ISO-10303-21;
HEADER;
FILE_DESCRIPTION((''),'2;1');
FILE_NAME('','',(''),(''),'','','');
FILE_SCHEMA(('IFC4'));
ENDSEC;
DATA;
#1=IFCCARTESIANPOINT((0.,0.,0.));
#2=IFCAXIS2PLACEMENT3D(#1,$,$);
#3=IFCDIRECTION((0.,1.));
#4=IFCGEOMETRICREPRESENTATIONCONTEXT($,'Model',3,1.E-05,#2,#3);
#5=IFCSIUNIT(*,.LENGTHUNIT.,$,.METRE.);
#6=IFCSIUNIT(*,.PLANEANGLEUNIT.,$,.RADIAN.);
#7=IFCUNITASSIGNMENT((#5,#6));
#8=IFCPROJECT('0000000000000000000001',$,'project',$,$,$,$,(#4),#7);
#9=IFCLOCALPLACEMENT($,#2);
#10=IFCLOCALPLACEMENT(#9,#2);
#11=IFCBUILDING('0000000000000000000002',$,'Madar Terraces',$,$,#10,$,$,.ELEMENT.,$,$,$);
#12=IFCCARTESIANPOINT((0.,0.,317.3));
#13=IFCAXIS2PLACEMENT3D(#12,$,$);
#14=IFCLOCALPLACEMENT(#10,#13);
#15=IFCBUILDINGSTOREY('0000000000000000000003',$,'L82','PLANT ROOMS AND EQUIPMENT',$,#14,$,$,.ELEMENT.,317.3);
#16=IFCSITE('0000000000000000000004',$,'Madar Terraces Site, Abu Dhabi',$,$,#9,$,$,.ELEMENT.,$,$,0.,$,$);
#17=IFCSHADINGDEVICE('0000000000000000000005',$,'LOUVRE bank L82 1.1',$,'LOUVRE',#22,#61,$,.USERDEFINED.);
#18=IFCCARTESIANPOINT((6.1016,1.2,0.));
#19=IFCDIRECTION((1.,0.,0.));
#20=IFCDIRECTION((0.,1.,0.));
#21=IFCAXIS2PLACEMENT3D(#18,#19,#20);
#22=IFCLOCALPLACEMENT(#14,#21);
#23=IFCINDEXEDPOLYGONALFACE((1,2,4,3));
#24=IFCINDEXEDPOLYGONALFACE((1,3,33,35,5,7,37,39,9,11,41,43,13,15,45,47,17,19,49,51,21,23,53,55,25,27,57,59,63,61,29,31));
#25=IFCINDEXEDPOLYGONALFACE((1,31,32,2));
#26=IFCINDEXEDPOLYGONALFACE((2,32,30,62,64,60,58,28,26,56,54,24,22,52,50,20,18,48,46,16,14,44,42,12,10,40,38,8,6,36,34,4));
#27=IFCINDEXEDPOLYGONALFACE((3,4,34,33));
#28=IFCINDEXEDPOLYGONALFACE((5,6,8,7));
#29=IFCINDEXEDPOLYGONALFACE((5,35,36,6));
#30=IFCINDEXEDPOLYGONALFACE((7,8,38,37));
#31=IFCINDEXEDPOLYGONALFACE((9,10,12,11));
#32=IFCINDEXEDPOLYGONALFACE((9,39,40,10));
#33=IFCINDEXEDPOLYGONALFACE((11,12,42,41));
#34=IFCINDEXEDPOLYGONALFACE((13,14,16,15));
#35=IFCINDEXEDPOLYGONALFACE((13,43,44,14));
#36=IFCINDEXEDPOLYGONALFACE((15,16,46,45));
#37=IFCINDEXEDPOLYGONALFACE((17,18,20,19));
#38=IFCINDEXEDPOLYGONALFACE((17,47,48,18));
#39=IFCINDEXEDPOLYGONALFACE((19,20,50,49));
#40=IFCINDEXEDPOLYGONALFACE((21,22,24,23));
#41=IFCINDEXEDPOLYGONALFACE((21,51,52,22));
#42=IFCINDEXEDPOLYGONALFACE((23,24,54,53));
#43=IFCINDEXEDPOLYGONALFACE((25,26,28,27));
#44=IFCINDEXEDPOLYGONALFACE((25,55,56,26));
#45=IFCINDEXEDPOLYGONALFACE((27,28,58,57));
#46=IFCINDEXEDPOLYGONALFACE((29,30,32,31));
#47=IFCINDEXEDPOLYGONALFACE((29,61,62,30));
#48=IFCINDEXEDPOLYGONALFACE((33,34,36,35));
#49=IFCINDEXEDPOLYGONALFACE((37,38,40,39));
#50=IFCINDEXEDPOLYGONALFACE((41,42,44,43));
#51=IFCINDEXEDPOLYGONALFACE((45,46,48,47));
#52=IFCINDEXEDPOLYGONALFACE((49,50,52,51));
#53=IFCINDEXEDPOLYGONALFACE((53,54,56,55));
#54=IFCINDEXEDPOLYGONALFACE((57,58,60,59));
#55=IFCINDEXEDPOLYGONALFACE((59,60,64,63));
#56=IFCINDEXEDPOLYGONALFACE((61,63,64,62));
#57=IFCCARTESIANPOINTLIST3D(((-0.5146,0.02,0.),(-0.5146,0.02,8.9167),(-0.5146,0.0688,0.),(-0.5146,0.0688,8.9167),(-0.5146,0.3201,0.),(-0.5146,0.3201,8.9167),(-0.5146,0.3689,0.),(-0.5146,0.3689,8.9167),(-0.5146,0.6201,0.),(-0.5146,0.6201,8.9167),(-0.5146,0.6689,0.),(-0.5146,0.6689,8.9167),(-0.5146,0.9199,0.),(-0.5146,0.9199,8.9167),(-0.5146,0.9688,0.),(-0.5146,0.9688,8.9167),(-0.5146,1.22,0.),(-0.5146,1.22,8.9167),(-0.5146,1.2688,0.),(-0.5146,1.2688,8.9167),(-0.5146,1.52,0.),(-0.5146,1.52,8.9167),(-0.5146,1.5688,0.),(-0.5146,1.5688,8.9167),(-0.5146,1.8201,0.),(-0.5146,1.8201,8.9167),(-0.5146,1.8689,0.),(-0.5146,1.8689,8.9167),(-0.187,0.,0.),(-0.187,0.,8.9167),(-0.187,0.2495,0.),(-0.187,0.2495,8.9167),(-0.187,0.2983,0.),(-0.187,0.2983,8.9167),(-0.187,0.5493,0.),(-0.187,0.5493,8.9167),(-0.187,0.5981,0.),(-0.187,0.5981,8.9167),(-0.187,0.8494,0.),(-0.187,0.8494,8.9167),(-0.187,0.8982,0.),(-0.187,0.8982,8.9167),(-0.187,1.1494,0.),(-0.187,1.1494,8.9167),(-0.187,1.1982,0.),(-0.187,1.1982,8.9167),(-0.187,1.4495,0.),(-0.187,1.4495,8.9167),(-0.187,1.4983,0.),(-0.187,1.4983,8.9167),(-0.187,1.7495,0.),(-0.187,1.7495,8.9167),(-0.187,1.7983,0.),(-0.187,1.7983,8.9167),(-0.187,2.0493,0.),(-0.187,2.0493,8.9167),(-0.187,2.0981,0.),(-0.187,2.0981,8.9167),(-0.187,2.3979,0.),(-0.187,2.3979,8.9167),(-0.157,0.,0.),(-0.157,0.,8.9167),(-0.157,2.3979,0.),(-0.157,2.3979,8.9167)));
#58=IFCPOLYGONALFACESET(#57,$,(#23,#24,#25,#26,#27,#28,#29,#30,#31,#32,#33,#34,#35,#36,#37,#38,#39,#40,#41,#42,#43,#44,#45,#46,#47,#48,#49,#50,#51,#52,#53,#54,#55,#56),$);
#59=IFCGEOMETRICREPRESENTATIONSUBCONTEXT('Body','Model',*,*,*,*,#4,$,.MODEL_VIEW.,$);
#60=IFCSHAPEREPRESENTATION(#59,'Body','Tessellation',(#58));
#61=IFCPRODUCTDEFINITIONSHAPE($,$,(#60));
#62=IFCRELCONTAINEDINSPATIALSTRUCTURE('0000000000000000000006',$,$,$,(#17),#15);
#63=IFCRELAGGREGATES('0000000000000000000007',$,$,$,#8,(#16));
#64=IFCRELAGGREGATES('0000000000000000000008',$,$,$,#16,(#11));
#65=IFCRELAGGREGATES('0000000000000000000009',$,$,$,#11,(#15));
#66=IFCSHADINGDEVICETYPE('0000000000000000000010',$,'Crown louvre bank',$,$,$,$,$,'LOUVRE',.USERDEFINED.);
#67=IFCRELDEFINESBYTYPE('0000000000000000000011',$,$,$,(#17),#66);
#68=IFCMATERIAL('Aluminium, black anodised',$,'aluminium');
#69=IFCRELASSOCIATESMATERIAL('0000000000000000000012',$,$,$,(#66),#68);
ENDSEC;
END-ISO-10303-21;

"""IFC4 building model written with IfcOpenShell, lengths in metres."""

from ifc_helpers import new_model, si_unit, direction, frame, origin, place, context, subcontext, project, spatial, polyline, outline, extrude, material, type_object, element, save


model = new_model("IFC4")

# Units and contexts
model_context = context("Model", 3, precision=1e-05, world=origin(), true_north=direction((0.0, 1.0)))
body_context = subcontext(model_context, "Body", "Model", "MODEL_VIEW")
ifc_project = project(units=[si_unit("LENGTHUNIT", "METRE"), si_unit("PLANEANGLEUNIT", "RADIAN")], contexts=[model_context])

# Site, building, storey
site_placement = place(None, origin())
site = spatial("IfcSite", under=ifc_project, at=site_placement, Name="Madar Terraces Site, Abu Dhabi", CompositionType="ELEMENT", RefElevation=0.0)
building_placement = place(site_placement, origin())
building = spatial("IfcBuilding", under=site, at=building_placement, Name="Madar Terraces", CompositionType="ELEMENT")
storey_placement = place(building_placement, frame((0.0, 0.0, 317.3)))
storey = spatial("IfcBuildingStorey", under=building, at=storey_placement, Name="L82", Description="PLANT ROOMS AND EQUIPMENT", CompositionType="ELEMENT", Elevation=317.3)

# Shading device
ifc_material_1 = material(Name="Aluminium, black anodised", Category="aluminium")
shading_device_type = type_object("IfcShadingDeviceType", Name="Crown louvre bank", ElementType="LOUVRE", PredefinedType="USERDEFINED", material=ifc_material_1)
shading_device_1_placement = place(storey_placement, frame((6.1016, 1.2, 0.0), z_axis=(1.0, 0.0, 0.0), x_axis=(0.0, 1.0, 0.0)))
element("IfcShadingDevice", 1, at=shading_device_1_placement, inside=storey, type_object=shading_device_type, Name="LOUVRE bank L82 1.1", ObjectType="LOUVRE", PredefinedType="USERDEFINED", context=body_context, shape_type="SweptSolid", body=[
    extrude(outline(polyline([(-0.157, 0.0), (-0.187, 0.0), (-0.187, 0.2495), (-0.5146, 0.02), (-0.5146, 0.0688), (-0.187, 0.2983), (-0.187, 0.5493), (-0.5146, 0.3201), (-0.5146, 0.3689), (-0.187, 0.5981), (-0.187, 0.8494), (-0.5146, 0.6201), (-0.5146, 0.6689), (-0.187, 0.8982), (-0.187, 1.1494), (-0.5146, 0.9199), (-0.5146, 0.9688), (-0.187, 1.1982), (-0.187, 1.4495), (-0.5146, 1.22), (-0.5146, 1.2688), (-0.187, 1.4983), (-0.187, 1.7495), (-0.5146, 1.52), (-0.5146, 1.5688), (-0.187, 1.7983), (-0.187, 2.0493), (-0.5146, 1.8201), (-0.5146, 1.8689), (-0.187, 2.0981), (-0.187, 2.3979), (-0.157, 2.3979), (-0.157, 0.0)])), origin(), (0.0, 0.0, 1.0), 8.9167),
])

save(model, "model.ifc")
